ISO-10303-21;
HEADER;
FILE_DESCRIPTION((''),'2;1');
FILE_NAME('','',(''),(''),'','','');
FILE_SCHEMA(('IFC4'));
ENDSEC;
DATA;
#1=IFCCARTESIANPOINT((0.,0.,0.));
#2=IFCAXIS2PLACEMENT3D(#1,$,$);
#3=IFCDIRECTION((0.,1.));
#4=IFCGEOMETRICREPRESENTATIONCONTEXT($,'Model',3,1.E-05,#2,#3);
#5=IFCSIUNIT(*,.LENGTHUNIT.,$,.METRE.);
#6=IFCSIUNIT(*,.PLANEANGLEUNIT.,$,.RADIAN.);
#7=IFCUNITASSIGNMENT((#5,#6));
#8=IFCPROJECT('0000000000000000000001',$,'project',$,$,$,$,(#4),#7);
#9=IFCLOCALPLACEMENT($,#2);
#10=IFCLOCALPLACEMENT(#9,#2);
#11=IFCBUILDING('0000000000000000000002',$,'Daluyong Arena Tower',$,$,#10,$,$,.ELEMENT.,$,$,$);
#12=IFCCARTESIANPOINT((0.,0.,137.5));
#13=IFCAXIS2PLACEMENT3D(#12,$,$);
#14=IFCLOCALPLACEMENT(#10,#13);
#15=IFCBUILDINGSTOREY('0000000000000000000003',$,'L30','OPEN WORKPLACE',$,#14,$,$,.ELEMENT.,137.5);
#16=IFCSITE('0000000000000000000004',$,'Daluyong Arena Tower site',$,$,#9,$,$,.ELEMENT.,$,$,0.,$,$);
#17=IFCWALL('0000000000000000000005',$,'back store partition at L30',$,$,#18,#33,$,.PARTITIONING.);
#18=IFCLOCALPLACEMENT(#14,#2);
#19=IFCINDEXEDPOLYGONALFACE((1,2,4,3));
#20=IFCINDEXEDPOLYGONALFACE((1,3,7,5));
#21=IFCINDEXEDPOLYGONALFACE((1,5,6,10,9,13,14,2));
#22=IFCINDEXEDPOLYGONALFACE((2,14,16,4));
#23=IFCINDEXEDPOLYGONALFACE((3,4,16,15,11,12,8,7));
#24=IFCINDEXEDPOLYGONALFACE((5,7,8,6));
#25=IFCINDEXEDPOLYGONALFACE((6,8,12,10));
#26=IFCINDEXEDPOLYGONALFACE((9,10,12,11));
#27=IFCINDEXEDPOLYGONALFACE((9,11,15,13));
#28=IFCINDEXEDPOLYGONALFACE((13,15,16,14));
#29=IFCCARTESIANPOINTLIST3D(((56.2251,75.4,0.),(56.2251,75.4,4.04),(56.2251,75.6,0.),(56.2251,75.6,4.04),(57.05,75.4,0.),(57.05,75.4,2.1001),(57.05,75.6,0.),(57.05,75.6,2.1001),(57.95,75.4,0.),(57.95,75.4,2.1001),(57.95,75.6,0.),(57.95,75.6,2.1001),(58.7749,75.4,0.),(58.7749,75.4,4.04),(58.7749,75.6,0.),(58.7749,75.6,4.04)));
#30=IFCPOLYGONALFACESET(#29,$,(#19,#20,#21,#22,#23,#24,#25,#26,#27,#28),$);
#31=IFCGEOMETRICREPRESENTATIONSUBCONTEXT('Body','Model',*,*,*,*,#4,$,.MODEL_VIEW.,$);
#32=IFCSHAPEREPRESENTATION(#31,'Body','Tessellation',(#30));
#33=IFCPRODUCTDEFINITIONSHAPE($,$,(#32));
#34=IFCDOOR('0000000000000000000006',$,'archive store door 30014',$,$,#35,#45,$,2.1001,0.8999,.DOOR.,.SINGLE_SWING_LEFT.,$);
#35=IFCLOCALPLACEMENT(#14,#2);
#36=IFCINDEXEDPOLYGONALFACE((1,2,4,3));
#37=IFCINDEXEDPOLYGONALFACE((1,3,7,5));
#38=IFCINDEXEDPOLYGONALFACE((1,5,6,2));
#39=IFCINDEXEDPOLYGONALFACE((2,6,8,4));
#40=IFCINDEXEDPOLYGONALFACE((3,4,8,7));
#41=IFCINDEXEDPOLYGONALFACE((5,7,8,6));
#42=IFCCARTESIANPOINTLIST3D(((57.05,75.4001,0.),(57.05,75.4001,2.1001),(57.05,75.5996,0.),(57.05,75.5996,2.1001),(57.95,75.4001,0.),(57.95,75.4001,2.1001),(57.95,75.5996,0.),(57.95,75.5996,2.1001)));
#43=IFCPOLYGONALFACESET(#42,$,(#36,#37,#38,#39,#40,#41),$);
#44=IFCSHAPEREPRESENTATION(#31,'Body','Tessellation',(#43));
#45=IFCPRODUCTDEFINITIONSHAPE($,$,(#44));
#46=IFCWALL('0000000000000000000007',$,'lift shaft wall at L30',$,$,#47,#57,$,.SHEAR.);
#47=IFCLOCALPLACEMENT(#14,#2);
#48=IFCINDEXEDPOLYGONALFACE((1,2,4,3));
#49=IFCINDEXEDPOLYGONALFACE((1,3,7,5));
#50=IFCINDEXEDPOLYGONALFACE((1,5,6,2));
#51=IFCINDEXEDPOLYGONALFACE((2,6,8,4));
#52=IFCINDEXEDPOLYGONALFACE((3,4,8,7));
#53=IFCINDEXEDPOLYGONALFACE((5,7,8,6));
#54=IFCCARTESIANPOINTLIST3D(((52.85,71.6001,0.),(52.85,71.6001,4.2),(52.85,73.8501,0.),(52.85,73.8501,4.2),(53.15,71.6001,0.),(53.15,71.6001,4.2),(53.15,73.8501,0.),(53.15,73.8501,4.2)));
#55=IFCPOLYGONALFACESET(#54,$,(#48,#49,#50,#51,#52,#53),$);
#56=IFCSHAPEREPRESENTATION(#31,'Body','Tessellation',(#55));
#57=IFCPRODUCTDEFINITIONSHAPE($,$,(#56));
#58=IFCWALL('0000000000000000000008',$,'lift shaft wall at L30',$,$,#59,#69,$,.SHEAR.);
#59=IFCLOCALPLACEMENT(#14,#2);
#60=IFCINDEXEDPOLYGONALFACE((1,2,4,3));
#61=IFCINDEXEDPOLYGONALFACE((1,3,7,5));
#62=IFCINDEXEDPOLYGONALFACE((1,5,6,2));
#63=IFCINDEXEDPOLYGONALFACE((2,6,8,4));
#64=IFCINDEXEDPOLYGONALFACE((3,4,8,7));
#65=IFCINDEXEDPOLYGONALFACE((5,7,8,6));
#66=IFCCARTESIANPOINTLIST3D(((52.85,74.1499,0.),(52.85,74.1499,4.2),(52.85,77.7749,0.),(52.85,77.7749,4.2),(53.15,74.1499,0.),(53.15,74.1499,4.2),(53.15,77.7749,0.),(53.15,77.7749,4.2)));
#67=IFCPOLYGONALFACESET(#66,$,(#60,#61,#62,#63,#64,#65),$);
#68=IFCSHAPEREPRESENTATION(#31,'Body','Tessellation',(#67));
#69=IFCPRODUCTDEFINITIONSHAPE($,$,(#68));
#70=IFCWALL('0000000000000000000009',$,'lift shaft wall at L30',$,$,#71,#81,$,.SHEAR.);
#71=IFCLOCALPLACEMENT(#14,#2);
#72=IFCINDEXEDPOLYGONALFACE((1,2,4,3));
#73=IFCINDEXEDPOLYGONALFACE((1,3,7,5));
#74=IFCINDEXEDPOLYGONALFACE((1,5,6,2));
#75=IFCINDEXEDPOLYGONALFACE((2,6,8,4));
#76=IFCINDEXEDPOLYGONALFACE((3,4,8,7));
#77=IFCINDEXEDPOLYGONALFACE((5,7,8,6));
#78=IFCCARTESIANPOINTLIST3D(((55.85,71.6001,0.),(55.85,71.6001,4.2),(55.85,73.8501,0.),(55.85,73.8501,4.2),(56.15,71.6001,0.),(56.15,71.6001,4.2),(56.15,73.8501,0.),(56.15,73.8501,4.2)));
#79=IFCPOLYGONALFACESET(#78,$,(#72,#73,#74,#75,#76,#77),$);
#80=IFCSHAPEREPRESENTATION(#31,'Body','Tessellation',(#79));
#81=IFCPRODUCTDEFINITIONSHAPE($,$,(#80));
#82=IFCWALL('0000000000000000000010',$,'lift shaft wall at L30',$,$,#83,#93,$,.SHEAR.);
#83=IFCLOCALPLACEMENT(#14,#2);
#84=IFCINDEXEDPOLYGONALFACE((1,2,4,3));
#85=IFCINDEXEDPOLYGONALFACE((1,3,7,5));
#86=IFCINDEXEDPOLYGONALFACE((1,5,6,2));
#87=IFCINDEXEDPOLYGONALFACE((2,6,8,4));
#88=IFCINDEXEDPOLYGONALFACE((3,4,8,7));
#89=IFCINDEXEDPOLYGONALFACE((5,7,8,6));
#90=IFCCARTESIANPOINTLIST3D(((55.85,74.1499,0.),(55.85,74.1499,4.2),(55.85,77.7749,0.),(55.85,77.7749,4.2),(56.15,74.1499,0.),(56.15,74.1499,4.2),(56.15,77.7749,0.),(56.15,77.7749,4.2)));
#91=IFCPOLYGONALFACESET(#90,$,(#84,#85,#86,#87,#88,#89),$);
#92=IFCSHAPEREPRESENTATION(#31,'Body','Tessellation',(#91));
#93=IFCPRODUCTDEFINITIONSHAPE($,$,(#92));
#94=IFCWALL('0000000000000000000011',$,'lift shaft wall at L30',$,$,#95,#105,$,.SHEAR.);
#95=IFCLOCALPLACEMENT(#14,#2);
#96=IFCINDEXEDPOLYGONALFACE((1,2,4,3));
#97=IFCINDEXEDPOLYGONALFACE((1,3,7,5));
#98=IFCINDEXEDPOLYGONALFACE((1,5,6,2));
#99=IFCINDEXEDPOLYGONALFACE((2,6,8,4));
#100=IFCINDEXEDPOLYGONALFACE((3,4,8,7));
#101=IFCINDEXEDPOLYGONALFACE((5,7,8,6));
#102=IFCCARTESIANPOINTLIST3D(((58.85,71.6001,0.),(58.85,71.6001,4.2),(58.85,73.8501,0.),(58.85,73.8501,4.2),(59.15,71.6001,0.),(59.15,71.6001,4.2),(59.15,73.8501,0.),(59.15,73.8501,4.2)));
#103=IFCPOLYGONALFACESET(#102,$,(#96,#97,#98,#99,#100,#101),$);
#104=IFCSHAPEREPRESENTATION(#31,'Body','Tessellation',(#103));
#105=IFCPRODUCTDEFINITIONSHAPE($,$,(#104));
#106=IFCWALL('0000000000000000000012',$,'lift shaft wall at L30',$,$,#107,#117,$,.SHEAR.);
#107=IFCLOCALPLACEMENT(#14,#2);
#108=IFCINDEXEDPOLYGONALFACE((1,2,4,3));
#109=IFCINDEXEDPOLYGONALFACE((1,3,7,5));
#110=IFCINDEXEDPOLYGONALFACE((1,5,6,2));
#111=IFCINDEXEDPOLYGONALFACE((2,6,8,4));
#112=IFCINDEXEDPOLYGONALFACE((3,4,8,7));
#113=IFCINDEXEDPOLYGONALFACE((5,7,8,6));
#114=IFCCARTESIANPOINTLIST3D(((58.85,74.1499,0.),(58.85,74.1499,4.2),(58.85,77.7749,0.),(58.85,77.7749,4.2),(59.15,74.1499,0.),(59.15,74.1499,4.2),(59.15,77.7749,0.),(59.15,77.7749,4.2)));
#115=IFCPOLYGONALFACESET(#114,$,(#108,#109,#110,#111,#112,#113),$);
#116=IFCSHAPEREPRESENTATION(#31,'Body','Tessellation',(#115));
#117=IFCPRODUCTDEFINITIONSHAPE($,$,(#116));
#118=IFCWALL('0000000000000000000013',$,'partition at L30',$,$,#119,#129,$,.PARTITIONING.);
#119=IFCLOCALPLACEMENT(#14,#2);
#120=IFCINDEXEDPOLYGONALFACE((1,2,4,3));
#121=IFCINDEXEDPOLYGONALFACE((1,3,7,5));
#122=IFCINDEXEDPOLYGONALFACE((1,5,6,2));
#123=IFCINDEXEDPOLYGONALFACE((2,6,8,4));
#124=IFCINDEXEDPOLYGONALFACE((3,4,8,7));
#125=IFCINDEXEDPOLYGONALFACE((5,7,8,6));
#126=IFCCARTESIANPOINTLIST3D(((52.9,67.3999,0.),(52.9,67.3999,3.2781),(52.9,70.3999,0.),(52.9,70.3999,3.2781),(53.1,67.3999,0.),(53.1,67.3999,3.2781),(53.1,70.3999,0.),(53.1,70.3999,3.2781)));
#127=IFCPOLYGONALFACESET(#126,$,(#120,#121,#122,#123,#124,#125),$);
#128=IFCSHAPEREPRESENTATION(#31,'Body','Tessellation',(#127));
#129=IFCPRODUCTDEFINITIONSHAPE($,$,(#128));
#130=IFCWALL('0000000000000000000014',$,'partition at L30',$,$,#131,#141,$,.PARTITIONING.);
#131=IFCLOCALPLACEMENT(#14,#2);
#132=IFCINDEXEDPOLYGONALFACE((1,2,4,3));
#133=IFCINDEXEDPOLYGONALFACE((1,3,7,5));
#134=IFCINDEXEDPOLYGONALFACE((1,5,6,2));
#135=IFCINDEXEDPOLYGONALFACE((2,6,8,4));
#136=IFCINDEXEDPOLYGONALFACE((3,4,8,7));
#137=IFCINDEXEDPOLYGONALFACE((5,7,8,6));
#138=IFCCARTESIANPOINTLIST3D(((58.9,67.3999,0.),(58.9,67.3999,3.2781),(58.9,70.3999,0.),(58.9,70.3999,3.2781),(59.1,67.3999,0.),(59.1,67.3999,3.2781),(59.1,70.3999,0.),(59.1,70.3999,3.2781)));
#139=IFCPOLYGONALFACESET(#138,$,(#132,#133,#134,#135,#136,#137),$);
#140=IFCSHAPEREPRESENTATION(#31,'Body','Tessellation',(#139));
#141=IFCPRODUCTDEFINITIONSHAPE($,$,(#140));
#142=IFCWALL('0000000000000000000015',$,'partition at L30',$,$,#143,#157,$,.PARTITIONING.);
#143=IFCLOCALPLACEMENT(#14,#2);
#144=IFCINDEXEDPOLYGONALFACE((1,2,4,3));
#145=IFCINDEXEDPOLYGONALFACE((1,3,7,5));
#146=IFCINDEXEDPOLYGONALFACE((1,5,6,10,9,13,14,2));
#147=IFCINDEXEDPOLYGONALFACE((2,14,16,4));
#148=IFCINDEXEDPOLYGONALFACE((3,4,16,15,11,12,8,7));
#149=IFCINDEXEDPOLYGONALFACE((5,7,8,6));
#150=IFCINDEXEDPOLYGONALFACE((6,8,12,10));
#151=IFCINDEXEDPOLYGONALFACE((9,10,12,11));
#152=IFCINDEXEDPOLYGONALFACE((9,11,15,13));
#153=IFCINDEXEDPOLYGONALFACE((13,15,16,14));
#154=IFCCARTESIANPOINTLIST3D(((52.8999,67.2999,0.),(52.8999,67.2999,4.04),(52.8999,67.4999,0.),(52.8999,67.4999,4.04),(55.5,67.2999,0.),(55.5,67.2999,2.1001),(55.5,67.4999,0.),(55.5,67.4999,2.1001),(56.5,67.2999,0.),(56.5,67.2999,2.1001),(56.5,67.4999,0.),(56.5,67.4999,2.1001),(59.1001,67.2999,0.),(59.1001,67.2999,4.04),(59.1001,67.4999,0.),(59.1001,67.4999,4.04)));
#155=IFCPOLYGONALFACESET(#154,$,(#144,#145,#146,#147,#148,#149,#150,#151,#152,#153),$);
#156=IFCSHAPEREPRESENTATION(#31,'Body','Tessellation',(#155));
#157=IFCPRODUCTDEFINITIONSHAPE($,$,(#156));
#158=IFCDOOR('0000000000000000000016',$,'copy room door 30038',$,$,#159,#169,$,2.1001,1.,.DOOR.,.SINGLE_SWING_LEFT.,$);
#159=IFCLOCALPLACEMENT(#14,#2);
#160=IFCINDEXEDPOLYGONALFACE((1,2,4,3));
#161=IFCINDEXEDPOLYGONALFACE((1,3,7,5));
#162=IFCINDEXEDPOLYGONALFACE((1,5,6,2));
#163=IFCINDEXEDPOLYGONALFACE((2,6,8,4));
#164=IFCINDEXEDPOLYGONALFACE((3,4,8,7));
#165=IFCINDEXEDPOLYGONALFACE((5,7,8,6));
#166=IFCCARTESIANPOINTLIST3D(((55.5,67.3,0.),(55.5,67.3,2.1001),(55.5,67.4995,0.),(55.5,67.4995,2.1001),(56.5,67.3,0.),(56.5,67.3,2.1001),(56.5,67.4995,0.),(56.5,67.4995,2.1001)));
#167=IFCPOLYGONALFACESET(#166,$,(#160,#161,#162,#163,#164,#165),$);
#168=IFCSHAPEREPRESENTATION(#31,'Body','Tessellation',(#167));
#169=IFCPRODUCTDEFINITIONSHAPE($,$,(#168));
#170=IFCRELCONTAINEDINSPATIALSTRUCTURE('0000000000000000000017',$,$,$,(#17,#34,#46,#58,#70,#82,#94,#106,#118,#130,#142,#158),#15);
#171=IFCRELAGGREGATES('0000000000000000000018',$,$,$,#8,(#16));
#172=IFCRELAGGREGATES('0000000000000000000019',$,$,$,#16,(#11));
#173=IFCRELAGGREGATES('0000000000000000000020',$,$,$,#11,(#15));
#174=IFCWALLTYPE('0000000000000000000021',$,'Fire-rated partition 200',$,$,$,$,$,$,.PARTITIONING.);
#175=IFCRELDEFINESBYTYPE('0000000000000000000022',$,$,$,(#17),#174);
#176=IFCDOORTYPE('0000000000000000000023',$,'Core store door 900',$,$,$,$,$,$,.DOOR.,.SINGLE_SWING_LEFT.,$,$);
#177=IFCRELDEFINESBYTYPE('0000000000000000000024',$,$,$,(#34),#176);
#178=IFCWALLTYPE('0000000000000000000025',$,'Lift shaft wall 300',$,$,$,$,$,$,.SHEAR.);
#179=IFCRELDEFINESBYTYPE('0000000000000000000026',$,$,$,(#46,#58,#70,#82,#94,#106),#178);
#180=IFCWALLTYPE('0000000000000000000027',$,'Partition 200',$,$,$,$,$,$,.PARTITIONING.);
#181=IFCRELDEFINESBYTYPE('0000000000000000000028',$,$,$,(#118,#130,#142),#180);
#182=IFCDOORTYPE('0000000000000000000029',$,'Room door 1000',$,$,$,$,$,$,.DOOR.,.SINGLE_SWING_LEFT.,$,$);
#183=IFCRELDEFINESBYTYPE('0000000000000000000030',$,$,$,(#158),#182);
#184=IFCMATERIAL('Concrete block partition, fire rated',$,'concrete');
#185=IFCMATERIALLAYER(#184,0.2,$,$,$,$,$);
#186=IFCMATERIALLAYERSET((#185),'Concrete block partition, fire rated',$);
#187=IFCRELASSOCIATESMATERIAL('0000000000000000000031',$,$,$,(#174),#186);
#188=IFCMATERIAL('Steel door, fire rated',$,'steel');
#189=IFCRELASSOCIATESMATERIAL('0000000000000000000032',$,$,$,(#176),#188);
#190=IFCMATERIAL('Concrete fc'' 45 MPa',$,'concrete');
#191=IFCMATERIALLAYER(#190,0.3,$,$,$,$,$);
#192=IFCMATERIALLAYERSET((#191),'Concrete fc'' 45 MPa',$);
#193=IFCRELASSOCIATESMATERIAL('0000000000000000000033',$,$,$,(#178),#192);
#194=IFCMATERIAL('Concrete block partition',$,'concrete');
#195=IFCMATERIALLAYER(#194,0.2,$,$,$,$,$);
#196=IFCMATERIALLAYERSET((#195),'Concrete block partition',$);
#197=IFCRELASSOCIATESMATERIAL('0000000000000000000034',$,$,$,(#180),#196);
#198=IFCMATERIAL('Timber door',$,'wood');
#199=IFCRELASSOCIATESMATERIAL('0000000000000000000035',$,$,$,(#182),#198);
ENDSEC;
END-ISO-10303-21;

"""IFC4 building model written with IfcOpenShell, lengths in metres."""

from ifc_helpers import new_model, si_unit, direction, frame, frame_2d, origin, place, context, subcontext, project, spatial, rectangle, extrude, material, layer, layer_set, type_object, element, fill, save


model = new_model("IFC4")

# Units and contexts
model_context = context("Model", 3, precision=1e-05, world=origin(), true_north=direction((0.0, 1.0)))
body_context = subcontext(model_context, "Body", "Model", "MODEL_VIEW")
ifc_project = project(units=[si_unit("LENGTHUNIT", "METRE"), si_unit("PLANEANGLEUNIT", "RADIAN")], contexts=[model_context])

# Site, building, storey
site_placement = place(None, origin())
site = spatial("IfcSite", under=ifc_project, at=site_placement, Name="Daluyong Arena Tower site", CompositionType="ELEMENT", RefElevation=0.0)
building_placement = place(site_placement, origin())
building = spatial("IfcBuilding", under=site, at=building_placement, Name="Daluyong Arena Tower", CompositionType="ELEMENT")
storey_placement = place(building_placement, frame((0.0, 0.0, 137.5)))
storey = spatial("IfcBuildingStorey", under=building, at=storey_placement, Name="L30", Description="OPEN WORKPLACE", CompositionType="ELEMENT", Elevation=137.5)

# Wall, opening, door
ifc_material_1 = material(Name="Concrete block partition, fire rated", Category="concrete")
ifc_layer_1 = layer(ifc_material_1, 0.2)
ifc_layer_set_1 = layer_set([ifc_layer_1], Name="Concrete block partition, fire rated")
wall_type_1 = type_object("IfcWallType", Name="Fire-rated partition 200", PredefinedType="PARTITIONING", material=ifc_layer_set_1)
ifc_material_2 = material(Name="Steel door, fire rated", Category="steel")
door_type_1 = type_object("IfcDoorType", Name="Core store door 900", OperationType="SINGLE_SWING_LEFT", PredefinedType="DOOR", material=ifc_material_2)
wall_1_placement = place(storey_placement, frame((56.2251, 75.5, 0.0), z_axis=(0.0, 0.0, 1.0), x_axis=(1.0, 0.0, 0.0)))
wall_1 = element("IfcWall", 1, at=wall_1_placement, inside=storey, type_object=wall_type_1, Name="back store partition at L30", PredefinedType="PARTITIONING", context=body_context, shape_type="SweptSolid", body=[
    extrude(rectangle(XDim=2.5498, YDim=0.2, at=frame_2d((1.2749, 0.0))), origin(), (0.0, 0.0, 1.0), 4.04),
])
opening_1_placement = place(wall_1_placement, frame((0.825, 0.0, 0.0)))
opening_1 = element("IfcOpeningElement", 2, at=opening_1_placement, cuts=wall_1, PredefinedType="OPENING", context=body_context, shape_type="SweptSolid", body=[
    extrude(rectangle(XDim=0.8999, YDim=2.1001, at=frame_2d((0.45, 1.05))), frame((0.0, 0.1099, 0.0), z_axis=(0.0, -1.0, 0.0), x_axis=(1.0, 0.0, 0.0)), (0.0, 0.0, 1.0), 0.22),
])
door_1_placement = place(opening_1_placement, origin())
door_1 = element("IfcDoor", 3, at=door_1_placement, inside=storey, type_object=door_type_1, Name="archive store door 30014", OperationType="SINGLE_SWING_LEFT", OverallHeight=2.1001, OverallWidth=0.8999, PredefinedType="DOOR", context=body_context, shape_type="SweptSolid", body=[
    extrude(rectangle(XDim=0.8999, YDim=2.1001, at=frame_2d((0.45, 1.05))), frame((0.0, 0.0996, 0.0), z_axis=(0.0, -1.0, 0.0), x_axis=(1.0, 0.0, 0.0)), (0.0, 0.0, 1.0), 0.1995),
])
fill(opening_1, door_1)

# Walls
ifc_material_3 = material(Name="Concrete fc' 45 MPa", Category="concrete")
ifc_layer_2 = layer(ifc_material_3, 0.3)
ifc_layer_set_2 = layer_set([ifc_layer_2], Name="Concrete fc' 45 MPa")
wall_type_2 = type_object("IfcWallType", Name="Lift shaft wall 300", PredefinedType="SHEAR", material=ifc_layer_set_2)
wall_2_placement = place(storey_placement, frame((53.0, 71.6001, 0.0), z_axis=(0.0, 0.0, 1.0), x_axis=(0.0, 1.0, 0.0)))
element("IfcWall", 4, at=wall_2_placement, inside=storey, type_object=wall_type_2, Name="lift shaft wall at L30", PredefinedType="SHEAR", context=body_context, shape_type="SweptSolid", body=[
    extrude(rectangle(XDim=2.25, YDim=0.3, at=frame_2d((1.125, 0.0))), origin(), (0.0, 0.0, 1.0), 4.2),
])
wall_3_placement = place(storey_placement, frame((53.0, 74.1499, 0.0), z_axis=(0.0, 0.0, 1.0), x_axis=(0.0, 1.0, 0.0)))
element("IfcWall", 5, at=wall_3_placement, inside=storey, type_object=wall_type_2, Name="lift shaft wall at L30", PredefinedType="SHEAR", context=body_context, shape_type="SweptSolid", body=[
    extrude(rectangle(XDim=3.625, YDim=0.3, at=frame_2d((1.8125, 0.0))), origin(), (0.0, 0.0, 1.0), 4.2),
])
wall_4_placement = place(storey_placement, frame((56.0, 71.6001, 0.0), z_axis=(0.0, 0.0, 1.0), x_axis=(0.0, 1.0, 0.0)))
element("IfcWall", 6, at=wall_4_placement, inside=storey, type_object=wall_type_2, Name="lift shaft wall at L30", PredefinedType="SHEAR", context=body_context, shape_type="SweptSolid", body=[
    extrude(rectangle(XDim=2.25, YDim=0.3, at=frame_2d((1.125, 0.0))), origin(), (0.0, 0.0, 1.0), 4.2),
])
wall_5_placement = place(storey_placement, frame((56.0, 74.1499, 0.0), z_axis=(0.0, 0.0, 1.0), x_axis=(0.0, 1.0, 0.0)))
element("IfcWall", 7, at=wall_5_placement, inside=storey, type_object=wall_type_2, Name="lift shaft wall at L30", PredefinedType="SHEAR", context=body_context, shape_type="SweptSolid", body=[
    extrude(rectangle(XDim=3.625, YDim=0.3, at=frame_2d((1.8125, 0.0))), origin(), (0.0, 0.0, 1.0), 4.2),
])
wall_6_placement = place(storey_placement, frame((59.0, 71.6001, 0.0), z_axis=(0.0, 0.0, 1.0), x_axis=(0.0, 1.0, 0.0)))
element("IfcWall", 8, at=wall_6_placement, inside=storey, type_object=wall_type_2, Name="lift shaft wall at L30", PredefinedType="SHEAR", context=body_context, shape_type="SweptSolid", body=[
    extrude(rectangle(XDim=2.25, YDim=0.3, at=frame_2d((1.125, 0.0))), origin(), (0.0, 0.0, 1.0), 4.2),
])
wall_7_placement = place(storey_placement, frame((59.0, 74.1499, 0.0), z_axis=(0.0, 0.0, 1.0), x_axis=(0.0, 1.0, 0.0)))
element("IfcWall", 9, at=wall_7_placement, inside=storey, type_object=wall_type_2, Name="lift shaft wall at L30", PredefinedType="SHEAR", context=body_context, shape_type="SweptSolid", body=[
    extrude(rectangle(XDim=3.625, YDim=0.3, at=frame_2d((1.8125, 0.0))), origin(), (0.0, 0.0, 1.0), 4.2),
])
ifc_material_4 = material(Name="Concrete block partition", Category="concrete")
ifc_layer_3 = layer(ifc_material_4, 0.2)
ifc_layer_set_3 = layer_set([ifc_layer_3], Name="Concrete block partition")
wall_type_3 = type_object("IfcWallType", Name="Partition 200", PredefinedType="PARTITIONING", material=ifc_layer_set_3)
for number, where, z_axis, x_axis, name in (
    (10, (53.0, 67.3999, 0.0), (0.0, 0.0, 1.0), (0.0, 1.0, 0.0), "partition at L30"),
    (11, (59.0, 67.3999, 0.0), (0.0, 0.0, 1.0), (0.0, 1.0, 0.0), "partition at L30"),
):
    element("IfcWall", number, at=place(storey_placement, frame(where, z_axis=z_axis, x_axis=x_axis)), inside=storey, type_object=wall_type_3, Name=name, PredefinedType="PARTITIONING", context=body_context, shape_type="SweptSolid", body=[
        extrude(rectangle(XDim=3.0, YDim=0.2, at=frame_2d((1.5, 0.0))), origin(), (0.0, 0.0, 1.0), 3.2781),
    ])

# Wall, opening, door
wall_8_placement = place(storey_placement, frame((52.8999, 67.3999, 0.0), z_axis=(0.0, 0.0, 1.0), x_axis=(1.0, 0.0, 0.0)))
wall_8 = element("IfcWall", 12, at=wall_8_placement, inside=storey, type_object=wall_type_3, Name="partition at L30", PredefinedType="PARTITIONING", context=body_context, shape_type="SweptSolid", body=[
    extrude(rectangle(XDim=6.2002, YDim=0.2, at=frame_2d((3.1001, 0.0))), origin(), (0.0, 0.0, 1.0), 4.04),
])
opening_2_placement = place(wall_8_placement, frame((2.6001, 0.0, 0.0)))
opening_2 = element("IfcOpeningElement", 13, at=opening_2_placement, cuts=wall_8, PredefinedType="OPENING", context=body_context, shape_type="SweptSolid", body=[
    extrude(rectangle(XDim=1.0, YDim=2.1001, at=frame_2d((0.5, 1.05))), frame((0.0, 0.1099, 0.0), z_axis=(0.0, -1.0, 0.0), x_axis=(1.0, 0.0, 0.0)), (0.0, 0.0, 1.0), 0.22),
])
ifc_material_5 = material(Name="Timber door", Category="wood")
door_type_2 = type_object("IfcDoorType", Name="Room door 1000", OperationType="SINGLE_SWING_LEFT", PredefinedType="DOOR", material=ifc_material_5)
door_2_placement = place(opening_2_placement, origin())
door_2 = element("IfcDoor", 14, at=door_2_placement, inside=storey, type_object=door_type_2, Name="copy room door 30038", OperationType="SINGLE_SWING_LEFT", OverallHeight=2.1001, OverallWidth=1.0, PredefinedType="DOOR", context=body_context, shape_type="SweptSolid", body=[
    extrude(rectangle(XDim=1.0, YDim=2.1001, at=frame_2d((0.5, 1.05))), frame((0.0, 0.0996, 0.0), z_axis=(0.0, -1.0, 0.0), x_axis=(1.0, 0.0, 0.0)), (0.0, 0.0, 1.0), 0.1995),
])
fill(opening_2, door_2)

save(model, "model.ifc")
